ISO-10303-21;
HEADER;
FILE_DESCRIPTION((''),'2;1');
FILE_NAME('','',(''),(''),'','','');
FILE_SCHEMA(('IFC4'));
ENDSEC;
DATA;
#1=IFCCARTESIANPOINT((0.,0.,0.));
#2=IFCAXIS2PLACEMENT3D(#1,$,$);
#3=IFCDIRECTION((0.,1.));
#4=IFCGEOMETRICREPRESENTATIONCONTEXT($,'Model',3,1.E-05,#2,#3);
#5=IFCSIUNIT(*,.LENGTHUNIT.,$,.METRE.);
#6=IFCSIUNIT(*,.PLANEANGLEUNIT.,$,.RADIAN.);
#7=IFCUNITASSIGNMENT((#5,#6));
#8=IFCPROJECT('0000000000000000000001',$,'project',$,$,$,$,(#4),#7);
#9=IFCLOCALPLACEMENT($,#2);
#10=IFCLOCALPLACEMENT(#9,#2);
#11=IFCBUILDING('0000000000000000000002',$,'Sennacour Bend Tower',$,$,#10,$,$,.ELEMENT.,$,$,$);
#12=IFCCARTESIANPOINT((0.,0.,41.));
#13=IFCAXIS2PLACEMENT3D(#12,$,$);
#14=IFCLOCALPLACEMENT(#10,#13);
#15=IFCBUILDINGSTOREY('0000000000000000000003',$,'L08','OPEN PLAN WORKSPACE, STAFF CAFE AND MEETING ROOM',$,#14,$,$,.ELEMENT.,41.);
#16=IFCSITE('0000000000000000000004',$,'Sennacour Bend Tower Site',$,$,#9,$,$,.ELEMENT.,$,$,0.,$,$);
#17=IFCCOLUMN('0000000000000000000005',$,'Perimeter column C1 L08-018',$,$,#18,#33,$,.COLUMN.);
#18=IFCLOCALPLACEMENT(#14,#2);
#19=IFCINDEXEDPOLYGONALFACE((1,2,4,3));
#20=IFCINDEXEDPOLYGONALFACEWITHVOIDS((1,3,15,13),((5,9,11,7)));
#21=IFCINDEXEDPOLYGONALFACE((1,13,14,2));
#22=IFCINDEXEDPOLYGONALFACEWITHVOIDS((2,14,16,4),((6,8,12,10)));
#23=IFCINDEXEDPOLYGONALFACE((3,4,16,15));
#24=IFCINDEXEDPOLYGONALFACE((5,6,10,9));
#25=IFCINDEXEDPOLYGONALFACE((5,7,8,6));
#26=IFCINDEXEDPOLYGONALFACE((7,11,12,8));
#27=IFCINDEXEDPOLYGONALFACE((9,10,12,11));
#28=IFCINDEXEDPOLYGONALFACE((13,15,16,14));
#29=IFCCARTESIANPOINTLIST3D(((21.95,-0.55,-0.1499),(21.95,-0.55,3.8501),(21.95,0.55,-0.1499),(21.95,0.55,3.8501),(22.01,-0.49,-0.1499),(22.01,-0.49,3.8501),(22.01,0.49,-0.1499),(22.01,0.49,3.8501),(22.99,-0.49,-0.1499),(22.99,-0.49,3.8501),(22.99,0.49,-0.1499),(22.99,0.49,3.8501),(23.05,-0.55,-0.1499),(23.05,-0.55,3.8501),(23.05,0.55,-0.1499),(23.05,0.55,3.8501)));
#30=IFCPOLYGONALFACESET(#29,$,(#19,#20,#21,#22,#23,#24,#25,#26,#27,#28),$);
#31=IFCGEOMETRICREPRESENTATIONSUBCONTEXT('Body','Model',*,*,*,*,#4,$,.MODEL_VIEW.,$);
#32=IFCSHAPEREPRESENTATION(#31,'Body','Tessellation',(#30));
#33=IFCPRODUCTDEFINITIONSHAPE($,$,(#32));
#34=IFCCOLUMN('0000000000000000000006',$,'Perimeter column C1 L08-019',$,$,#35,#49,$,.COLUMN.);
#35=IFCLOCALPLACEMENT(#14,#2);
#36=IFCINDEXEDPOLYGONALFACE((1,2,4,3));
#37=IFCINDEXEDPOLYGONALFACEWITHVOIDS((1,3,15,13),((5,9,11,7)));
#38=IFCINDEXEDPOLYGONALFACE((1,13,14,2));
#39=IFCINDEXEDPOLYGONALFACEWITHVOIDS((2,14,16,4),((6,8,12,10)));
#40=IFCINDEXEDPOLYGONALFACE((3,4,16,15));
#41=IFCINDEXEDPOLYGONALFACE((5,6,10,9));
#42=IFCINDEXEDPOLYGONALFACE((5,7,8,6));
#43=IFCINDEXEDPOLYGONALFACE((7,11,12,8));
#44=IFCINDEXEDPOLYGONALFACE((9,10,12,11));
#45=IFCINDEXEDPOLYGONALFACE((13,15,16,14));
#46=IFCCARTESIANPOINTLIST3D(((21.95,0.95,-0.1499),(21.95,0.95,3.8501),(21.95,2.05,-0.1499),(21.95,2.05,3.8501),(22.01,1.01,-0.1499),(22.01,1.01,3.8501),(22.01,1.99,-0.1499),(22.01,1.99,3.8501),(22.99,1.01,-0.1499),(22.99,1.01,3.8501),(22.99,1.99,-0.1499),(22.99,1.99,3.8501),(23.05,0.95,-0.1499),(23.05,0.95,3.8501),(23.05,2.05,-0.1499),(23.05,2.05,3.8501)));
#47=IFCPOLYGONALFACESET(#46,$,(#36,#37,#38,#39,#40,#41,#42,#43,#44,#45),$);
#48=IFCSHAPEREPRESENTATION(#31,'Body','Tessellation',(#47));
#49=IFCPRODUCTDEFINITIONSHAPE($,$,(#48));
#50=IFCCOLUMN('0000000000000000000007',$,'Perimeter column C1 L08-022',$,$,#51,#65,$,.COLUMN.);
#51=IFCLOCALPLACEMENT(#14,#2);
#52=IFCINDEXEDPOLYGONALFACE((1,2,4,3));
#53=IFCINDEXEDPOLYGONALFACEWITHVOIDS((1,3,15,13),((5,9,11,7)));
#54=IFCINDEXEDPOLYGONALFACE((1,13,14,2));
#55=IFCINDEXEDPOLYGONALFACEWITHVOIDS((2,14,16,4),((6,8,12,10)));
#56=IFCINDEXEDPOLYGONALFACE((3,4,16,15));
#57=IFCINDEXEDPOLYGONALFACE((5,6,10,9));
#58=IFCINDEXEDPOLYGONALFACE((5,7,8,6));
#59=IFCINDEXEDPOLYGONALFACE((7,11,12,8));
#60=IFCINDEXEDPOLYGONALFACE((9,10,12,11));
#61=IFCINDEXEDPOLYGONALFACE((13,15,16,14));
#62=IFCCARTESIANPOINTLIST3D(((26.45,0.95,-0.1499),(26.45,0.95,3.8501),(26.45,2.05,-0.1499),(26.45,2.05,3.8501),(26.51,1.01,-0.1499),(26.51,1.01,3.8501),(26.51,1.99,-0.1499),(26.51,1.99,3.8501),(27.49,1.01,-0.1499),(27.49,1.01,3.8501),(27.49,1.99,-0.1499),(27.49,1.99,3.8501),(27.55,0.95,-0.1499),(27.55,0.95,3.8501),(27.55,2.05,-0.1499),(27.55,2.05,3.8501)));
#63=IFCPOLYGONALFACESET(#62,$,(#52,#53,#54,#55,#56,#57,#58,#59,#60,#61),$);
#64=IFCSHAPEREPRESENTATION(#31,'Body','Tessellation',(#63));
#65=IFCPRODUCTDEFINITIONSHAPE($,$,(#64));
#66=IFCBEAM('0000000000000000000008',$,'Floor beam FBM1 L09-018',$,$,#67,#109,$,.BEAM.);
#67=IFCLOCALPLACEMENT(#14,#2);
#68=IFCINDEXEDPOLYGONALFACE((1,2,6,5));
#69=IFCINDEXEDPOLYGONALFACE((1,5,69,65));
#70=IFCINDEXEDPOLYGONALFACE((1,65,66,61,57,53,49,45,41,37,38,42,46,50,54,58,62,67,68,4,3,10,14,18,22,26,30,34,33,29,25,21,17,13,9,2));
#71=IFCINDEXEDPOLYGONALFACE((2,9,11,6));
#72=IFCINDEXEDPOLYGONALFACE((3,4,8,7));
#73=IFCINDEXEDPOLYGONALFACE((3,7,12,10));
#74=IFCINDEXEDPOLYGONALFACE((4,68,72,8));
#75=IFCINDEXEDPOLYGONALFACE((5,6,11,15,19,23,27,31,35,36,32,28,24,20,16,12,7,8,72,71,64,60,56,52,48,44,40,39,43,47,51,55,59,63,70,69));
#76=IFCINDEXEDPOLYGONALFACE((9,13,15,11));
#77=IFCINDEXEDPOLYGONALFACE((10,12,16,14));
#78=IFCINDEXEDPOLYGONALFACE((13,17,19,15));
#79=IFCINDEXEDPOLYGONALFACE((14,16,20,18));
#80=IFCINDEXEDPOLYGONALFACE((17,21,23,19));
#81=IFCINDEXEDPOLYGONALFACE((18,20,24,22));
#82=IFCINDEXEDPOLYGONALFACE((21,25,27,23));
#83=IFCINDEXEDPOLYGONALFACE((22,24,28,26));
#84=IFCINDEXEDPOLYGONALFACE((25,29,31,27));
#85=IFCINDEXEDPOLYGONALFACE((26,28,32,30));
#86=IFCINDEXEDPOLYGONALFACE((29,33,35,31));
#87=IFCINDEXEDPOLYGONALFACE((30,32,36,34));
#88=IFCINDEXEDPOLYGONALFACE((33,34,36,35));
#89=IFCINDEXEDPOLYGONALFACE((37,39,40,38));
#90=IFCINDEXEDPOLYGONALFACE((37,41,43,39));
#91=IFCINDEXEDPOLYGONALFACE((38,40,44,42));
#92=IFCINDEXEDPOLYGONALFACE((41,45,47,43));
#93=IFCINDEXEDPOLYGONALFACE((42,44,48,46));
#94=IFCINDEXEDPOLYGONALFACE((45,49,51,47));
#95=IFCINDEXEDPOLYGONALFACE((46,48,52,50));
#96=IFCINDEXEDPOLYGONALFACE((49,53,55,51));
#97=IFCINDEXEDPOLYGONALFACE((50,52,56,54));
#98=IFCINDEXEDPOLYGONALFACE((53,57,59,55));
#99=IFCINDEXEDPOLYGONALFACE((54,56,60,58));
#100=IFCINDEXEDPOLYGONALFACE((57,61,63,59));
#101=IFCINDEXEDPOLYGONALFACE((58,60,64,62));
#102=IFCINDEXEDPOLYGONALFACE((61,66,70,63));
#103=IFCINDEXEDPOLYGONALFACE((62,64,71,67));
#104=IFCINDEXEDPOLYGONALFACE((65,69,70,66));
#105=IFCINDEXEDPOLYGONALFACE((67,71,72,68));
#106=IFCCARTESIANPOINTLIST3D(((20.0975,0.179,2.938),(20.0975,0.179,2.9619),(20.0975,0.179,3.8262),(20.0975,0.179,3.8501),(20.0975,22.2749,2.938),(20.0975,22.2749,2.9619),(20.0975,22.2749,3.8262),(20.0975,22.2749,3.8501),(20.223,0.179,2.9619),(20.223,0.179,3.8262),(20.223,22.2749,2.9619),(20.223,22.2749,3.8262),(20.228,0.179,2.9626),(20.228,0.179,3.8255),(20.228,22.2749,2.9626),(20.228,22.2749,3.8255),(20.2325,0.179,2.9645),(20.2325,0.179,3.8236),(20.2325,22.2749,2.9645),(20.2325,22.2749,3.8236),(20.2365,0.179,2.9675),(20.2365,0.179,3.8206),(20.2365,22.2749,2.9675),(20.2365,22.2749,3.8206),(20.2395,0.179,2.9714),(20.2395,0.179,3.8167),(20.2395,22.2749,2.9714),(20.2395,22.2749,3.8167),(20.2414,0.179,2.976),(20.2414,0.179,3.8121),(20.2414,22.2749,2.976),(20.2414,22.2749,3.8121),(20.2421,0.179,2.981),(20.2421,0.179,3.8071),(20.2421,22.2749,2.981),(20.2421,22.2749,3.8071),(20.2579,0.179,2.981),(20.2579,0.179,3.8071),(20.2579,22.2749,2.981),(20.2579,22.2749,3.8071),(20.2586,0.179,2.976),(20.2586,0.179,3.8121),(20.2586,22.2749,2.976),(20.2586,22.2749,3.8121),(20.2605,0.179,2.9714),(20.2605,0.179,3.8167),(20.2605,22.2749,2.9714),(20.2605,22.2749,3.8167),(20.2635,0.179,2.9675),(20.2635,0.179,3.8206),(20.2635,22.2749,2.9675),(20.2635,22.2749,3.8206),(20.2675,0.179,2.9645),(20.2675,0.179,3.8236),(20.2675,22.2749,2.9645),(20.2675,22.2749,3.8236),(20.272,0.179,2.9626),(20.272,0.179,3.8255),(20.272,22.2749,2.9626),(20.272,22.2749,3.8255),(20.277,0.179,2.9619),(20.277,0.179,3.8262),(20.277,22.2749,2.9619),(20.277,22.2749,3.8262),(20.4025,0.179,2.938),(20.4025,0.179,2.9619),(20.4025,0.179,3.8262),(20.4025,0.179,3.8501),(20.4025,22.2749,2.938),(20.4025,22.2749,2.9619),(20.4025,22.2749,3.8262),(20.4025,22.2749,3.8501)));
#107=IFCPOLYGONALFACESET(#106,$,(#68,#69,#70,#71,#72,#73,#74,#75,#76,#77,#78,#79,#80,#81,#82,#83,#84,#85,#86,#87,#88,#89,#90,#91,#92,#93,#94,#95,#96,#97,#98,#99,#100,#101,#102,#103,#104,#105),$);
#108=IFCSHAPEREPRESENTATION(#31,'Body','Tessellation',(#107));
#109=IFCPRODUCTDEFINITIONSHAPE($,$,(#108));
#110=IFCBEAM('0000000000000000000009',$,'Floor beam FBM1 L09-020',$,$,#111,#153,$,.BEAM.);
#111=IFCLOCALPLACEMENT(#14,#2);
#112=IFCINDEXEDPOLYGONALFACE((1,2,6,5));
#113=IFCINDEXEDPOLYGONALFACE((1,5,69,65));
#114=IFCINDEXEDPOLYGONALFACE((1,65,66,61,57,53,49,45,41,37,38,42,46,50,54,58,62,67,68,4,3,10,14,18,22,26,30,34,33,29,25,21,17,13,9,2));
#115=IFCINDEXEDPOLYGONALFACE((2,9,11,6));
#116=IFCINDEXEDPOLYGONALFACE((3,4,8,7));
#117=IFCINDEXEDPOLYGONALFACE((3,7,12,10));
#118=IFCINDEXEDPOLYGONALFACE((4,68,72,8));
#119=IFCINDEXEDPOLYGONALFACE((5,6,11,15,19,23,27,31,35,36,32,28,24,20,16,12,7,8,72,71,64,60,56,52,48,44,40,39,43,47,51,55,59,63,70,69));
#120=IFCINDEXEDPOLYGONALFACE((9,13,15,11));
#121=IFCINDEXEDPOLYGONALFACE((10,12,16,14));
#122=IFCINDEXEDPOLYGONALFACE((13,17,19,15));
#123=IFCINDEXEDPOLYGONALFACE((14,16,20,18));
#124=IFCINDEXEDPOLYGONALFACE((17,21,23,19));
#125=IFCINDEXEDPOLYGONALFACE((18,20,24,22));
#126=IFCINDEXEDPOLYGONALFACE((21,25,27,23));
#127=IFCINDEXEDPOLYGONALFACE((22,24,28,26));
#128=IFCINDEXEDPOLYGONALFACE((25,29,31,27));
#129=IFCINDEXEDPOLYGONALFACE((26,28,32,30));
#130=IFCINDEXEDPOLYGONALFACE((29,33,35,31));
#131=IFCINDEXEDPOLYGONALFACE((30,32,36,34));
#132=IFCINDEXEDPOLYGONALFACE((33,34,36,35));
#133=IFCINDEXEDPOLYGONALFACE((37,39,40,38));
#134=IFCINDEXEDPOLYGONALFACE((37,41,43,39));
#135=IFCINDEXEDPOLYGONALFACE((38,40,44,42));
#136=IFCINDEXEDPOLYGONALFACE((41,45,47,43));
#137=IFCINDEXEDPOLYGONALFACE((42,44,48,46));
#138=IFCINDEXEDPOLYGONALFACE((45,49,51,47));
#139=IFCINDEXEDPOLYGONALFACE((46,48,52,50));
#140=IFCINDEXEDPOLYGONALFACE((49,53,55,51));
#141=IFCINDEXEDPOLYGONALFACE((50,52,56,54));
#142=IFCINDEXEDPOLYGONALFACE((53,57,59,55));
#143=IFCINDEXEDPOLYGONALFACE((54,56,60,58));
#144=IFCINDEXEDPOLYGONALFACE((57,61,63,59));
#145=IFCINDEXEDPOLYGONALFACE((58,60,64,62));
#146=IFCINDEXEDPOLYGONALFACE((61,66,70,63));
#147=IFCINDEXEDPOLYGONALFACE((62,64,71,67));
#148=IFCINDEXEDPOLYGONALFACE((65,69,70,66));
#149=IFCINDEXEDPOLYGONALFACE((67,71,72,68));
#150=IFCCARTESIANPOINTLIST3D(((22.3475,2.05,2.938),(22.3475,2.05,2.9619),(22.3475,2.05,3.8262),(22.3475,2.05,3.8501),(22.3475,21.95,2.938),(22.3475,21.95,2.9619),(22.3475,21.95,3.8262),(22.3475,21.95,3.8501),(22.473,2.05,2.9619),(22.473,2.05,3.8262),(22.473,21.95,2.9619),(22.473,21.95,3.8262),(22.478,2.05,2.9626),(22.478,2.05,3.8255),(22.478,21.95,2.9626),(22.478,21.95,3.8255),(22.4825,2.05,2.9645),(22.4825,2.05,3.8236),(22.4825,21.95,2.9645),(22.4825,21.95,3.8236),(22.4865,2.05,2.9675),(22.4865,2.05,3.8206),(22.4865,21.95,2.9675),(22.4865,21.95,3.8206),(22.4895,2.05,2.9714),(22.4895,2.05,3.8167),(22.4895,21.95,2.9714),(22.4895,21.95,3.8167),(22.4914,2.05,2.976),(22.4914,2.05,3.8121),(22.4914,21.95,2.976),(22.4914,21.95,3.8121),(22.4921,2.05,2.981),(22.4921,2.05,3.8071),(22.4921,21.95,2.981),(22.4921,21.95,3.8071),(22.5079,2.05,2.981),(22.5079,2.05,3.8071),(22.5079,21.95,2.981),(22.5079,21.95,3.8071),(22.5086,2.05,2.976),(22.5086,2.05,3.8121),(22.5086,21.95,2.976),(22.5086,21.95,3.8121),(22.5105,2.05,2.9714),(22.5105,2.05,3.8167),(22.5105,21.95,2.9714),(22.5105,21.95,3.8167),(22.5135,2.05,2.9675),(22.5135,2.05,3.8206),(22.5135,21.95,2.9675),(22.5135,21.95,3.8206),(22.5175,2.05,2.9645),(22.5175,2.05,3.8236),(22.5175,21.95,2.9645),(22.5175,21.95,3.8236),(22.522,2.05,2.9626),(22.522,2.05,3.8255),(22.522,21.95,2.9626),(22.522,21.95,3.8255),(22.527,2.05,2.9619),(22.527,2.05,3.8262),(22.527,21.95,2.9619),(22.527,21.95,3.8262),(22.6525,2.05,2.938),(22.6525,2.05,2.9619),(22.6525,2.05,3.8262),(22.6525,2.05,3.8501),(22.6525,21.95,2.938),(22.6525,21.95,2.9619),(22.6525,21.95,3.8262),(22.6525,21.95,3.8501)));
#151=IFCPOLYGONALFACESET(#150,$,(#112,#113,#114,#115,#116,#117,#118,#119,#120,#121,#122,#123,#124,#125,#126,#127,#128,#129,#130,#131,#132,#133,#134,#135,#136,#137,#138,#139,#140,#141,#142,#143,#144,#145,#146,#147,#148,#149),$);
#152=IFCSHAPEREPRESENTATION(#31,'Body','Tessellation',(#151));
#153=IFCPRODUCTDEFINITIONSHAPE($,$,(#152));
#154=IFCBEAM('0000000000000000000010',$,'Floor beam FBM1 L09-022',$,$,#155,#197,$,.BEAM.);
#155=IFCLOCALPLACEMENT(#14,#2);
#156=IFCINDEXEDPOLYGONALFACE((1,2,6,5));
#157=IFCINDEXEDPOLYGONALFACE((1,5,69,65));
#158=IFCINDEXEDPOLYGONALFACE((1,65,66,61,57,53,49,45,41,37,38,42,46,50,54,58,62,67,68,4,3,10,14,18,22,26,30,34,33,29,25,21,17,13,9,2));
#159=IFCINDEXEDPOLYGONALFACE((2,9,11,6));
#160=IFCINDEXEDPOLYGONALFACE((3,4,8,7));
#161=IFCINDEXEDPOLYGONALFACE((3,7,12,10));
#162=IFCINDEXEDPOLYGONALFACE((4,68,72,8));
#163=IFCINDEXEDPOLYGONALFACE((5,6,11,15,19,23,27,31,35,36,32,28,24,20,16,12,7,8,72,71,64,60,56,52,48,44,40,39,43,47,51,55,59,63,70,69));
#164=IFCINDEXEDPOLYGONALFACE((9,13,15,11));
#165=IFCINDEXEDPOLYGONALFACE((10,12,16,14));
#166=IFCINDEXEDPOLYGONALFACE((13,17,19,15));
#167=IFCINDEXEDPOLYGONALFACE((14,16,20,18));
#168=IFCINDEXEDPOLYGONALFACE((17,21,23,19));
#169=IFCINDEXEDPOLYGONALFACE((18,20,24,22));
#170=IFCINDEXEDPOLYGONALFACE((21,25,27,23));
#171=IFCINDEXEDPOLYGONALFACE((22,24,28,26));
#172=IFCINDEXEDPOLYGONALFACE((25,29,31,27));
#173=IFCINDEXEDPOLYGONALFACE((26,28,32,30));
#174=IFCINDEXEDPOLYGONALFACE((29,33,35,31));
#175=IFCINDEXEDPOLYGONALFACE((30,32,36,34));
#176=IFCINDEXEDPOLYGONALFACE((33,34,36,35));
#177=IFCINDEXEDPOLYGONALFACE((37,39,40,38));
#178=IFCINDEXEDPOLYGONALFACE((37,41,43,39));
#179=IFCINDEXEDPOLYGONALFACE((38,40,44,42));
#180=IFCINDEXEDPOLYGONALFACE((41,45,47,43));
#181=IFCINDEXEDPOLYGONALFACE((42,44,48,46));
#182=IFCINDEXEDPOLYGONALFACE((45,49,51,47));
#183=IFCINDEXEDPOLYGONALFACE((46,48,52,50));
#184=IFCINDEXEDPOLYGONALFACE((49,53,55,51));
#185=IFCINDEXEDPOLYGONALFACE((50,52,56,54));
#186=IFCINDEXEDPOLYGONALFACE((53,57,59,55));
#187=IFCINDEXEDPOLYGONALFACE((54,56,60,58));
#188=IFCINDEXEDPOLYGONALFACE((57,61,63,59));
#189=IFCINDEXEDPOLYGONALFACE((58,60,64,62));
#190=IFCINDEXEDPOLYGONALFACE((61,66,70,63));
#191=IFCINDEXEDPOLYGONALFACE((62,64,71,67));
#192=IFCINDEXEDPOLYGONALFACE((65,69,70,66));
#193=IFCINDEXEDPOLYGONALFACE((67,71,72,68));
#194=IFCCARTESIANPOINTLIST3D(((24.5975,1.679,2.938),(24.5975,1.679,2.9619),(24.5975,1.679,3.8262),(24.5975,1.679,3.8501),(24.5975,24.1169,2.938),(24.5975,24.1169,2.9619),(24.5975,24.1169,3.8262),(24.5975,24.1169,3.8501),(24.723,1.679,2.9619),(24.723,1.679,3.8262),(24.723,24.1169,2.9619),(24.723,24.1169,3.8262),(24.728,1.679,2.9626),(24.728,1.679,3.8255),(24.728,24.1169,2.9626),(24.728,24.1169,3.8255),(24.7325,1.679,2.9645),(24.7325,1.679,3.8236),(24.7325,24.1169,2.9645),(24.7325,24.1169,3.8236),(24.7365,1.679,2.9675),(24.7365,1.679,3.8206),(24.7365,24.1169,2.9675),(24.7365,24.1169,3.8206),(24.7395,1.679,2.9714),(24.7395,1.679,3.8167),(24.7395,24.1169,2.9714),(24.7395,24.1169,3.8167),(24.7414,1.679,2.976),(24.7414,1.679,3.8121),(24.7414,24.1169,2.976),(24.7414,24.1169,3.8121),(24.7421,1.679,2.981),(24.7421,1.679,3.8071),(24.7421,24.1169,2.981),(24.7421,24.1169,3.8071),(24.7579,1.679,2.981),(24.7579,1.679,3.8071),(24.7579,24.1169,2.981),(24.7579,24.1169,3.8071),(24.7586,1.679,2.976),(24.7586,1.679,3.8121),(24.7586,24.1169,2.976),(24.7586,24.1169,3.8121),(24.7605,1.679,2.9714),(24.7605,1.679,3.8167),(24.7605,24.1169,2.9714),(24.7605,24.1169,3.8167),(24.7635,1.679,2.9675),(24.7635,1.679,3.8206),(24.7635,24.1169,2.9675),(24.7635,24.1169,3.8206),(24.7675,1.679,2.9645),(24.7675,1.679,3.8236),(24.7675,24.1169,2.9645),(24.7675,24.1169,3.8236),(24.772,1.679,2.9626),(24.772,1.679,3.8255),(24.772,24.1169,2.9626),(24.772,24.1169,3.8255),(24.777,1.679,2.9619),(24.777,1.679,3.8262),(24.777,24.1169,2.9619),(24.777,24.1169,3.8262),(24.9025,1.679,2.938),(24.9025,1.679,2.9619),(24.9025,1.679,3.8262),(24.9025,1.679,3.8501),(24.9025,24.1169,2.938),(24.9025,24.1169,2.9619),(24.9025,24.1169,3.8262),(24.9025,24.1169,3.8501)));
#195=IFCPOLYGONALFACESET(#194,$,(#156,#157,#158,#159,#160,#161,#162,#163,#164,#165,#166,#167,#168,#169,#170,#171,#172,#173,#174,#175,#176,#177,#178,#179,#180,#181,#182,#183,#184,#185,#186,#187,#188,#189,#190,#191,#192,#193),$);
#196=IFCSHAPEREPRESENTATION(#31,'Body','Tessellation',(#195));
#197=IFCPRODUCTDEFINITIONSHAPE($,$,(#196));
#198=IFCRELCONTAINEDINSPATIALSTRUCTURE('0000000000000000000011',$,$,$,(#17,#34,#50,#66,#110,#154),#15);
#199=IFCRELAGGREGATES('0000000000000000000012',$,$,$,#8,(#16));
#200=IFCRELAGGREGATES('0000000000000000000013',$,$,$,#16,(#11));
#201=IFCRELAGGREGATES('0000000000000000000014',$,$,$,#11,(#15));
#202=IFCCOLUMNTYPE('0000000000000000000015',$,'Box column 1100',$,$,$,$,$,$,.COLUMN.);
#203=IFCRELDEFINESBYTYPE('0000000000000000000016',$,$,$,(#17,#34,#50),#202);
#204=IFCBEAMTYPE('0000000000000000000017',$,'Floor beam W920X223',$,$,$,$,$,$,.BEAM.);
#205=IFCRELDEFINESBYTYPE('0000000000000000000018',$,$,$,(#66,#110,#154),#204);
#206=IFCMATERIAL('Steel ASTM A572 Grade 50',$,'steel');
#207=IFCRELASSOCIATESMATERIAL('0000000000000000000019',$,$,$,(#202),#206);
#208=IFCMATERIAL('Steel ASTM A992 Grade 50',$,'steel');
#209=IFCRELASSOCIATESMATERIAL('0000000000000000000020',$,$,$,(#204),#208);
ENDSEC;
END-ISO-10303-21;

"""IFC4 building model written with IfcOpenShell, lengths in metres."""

from ifc_helpers import new_model, si_unit, direction, frame, origin, origin_2d, place, context, subcontext, project, spatial, hollow_rectangle, i_section, extrude, material, material_profile, profile_set, type_object, element, save


model = new_model("IFC4")

# Units and contexts
model_context = context("Model", 3, precision=1e-05, world=origin(), true_north=direction((0.0, 1.0)))
body_context = subcontext(model_context, "Body", "Model", "MODEL_VIEW")
ifc_project = project(units=[si_unit("LENGTHUNIT", "METRE"), si_unit("PLANEANGLEUNIT", "RADIAN")], contexts=[model_context])

# Site, building, storey
site_placement = place(None, origin())
site = spatial("IfcSite", under=ifc_project, at=site_placement, Name="Sennacour Bend Tower Site", CompositionType="ELEMENT", RefElevation=0.0)
building_placement = place(site_placement, origin())
building = spatial("IfcBuilding", under=site, at=building_placement, Name="Sennacour Bend Tower", CompositionType="ELEMENT")
storey_placement = place(building_placement, frame((0.0, 0.0, 41.0)))
storey = spatial("IfcBuildingStorey", under=building, at=storey_placement, Name="L08", Description="OPEN PLAN WORKSPACE, STAFF CAFE AND MEETING ROOM", CompositionType="ELEMENT", Elevation=41.0)

# Columns
ifc_material_1 = material(Name="Steel ASTM A572 Grade 50", Category="steel")
ifc_material_profile_1 = material_profile(ifc_material_1, hollow_rectangle(XDim=1.1001, YDim=1.1001, WallThickness=0.0601, at=origin_2d()), Name="Steel ASTM A572 Grade 50", Category="steel")
ifc_profile_set_1 = profile_set([ifc_material_profile_1], Name="Steel ASTM A572 Grade 50")
column_type = type_object("IfcColumnType", Name="Box column 1100", PredefinedType="COLUMN", material=ifc_profile_set_1)
for number, where, z_axis, x_axis, name in (
    (1, (22.5, 0.0, -0.1499), (0.0, 0.0, 1.0), (1.0, 0.0, 0.0), "Perimeter column C1 L08-018"),
    (2, (22.5, 1.5, -0.1499), (0.0, 0.0, 1.0), (1.0, 0.0, 0.0), "Perimeter column C1 L08-019"),
    (3, (27.0, 1.5, -0.1499), (0.0, 0.0, 1.0), (1.0, 0.0, 0.0), "Perimeter column C1 L08-022"),
):
    element("IfcColumn", number, at=place(storey_placement, frame(where, z_axis=z_axis, x_axis=x_axis)), inside=storey, type_object=column_type, Name=name, PredefinedType="COLUMN", context=body_context, shape_type="SweptSolid", body=[
        extrude(hollow_rectangle(XDim=1.1001, YDim=1.1001, WallThickness=0.0601, at=origin_2d()), origin(), (0.0, 0.0, 1.0), 4.0),
    ])

# Beams
ifc_material_2 = material(Name="Steel ASTM A992 Grade 50", Category="steel")
ifc_material_profile_2 = material_profile(ifc_material_2, i_section(OverallWidth=0.3049, OverallDepth=0.9121, WebThickness=0.0159, FlangeThickness=0.0239, FilletRadius=0.019, at=origin_2d()), Name="Steel ASTM A992 Grade 50", Category="steel")
ifc_profile_set_2 = profile_set([ifc_material_profile_2], Name="Steel ASTM A992 Grade 50")
beam_type_1 = type_object("IfcBeamType", Name="Floor beam W920X223", PredefinedType="BEAM", material=ifc_profile_set_2)
beam_1_placement = place(storey_placement, frame((20.25, 0.179, 3.394), z_axis=(0.0, 1.0, 0.0), x_axis=(-1.0, 0.0, 0.0)))
element("IfcBeam", 4, at=beam_1_placement, inside=storey, type_object=beam_type_1, Name="Floor beam FBM1 L09-018", PredefinedType="BEAM", context=body_context, shape_type="SweptSolid", body=[
    extrude(i_section(OverallWidth=0.3049, OverallDepth=0.9121, WebThickness=0.0159, FlangeThickness=0.0239, FilletRadius=0.019, at=origin_2d()), origin(), (0.0, 0.0, 1.0), 22.0959),
])
beam_2_placement = place(storey_placement, frame((22.5, 2.05, 3.394), z_axis=(0.0, 1.0, 0.0), x_axis=(-1.0, 0.0, 0.0)))
element("IfcBeam", 5, at=beam_2_placement, inside=storey, type_object=beam_type_1, Name="Floor beam FBM1 L09-020", PredefinedType="BEAM", context=body_context, shape_type="SweptSolid", body=[
    extrude(i_section(OverallWidth=0.3049, OverallDepth=0.9121, WebThickness=0.0159, FlangeThickness=0.0239, FilletRadius=0.019, at=origin_2d()), origin(), (0.0, 0.0, 1.0), 19.8999),
])
beam_3_placement = place(storey_placement, frame((24.75, 1.679, 3.394), z_axis=(0.0, 1.0, 0.0), x_axis=(-1.0, 0.0, 0.0)))
element("IfcBeam", 6, at=beam_3_placement, inside=storey, type_object=beam_type_1, Name="Floor beam FBM1 L09-022", PredefinedType="BEAM", context=body_context, shape_type="SweptSolid", body=[
    extrude(i_section(OverallWidth=0.3049, OverallDepth=0.9121, WebThickness=0.0159, FlangeThickness=0.0239, FilletRadius=0.019, at=origin_2d()), origin(), (0.0, 0.0, 1.0), 22.438),
])

save(model, "model.ifc")
